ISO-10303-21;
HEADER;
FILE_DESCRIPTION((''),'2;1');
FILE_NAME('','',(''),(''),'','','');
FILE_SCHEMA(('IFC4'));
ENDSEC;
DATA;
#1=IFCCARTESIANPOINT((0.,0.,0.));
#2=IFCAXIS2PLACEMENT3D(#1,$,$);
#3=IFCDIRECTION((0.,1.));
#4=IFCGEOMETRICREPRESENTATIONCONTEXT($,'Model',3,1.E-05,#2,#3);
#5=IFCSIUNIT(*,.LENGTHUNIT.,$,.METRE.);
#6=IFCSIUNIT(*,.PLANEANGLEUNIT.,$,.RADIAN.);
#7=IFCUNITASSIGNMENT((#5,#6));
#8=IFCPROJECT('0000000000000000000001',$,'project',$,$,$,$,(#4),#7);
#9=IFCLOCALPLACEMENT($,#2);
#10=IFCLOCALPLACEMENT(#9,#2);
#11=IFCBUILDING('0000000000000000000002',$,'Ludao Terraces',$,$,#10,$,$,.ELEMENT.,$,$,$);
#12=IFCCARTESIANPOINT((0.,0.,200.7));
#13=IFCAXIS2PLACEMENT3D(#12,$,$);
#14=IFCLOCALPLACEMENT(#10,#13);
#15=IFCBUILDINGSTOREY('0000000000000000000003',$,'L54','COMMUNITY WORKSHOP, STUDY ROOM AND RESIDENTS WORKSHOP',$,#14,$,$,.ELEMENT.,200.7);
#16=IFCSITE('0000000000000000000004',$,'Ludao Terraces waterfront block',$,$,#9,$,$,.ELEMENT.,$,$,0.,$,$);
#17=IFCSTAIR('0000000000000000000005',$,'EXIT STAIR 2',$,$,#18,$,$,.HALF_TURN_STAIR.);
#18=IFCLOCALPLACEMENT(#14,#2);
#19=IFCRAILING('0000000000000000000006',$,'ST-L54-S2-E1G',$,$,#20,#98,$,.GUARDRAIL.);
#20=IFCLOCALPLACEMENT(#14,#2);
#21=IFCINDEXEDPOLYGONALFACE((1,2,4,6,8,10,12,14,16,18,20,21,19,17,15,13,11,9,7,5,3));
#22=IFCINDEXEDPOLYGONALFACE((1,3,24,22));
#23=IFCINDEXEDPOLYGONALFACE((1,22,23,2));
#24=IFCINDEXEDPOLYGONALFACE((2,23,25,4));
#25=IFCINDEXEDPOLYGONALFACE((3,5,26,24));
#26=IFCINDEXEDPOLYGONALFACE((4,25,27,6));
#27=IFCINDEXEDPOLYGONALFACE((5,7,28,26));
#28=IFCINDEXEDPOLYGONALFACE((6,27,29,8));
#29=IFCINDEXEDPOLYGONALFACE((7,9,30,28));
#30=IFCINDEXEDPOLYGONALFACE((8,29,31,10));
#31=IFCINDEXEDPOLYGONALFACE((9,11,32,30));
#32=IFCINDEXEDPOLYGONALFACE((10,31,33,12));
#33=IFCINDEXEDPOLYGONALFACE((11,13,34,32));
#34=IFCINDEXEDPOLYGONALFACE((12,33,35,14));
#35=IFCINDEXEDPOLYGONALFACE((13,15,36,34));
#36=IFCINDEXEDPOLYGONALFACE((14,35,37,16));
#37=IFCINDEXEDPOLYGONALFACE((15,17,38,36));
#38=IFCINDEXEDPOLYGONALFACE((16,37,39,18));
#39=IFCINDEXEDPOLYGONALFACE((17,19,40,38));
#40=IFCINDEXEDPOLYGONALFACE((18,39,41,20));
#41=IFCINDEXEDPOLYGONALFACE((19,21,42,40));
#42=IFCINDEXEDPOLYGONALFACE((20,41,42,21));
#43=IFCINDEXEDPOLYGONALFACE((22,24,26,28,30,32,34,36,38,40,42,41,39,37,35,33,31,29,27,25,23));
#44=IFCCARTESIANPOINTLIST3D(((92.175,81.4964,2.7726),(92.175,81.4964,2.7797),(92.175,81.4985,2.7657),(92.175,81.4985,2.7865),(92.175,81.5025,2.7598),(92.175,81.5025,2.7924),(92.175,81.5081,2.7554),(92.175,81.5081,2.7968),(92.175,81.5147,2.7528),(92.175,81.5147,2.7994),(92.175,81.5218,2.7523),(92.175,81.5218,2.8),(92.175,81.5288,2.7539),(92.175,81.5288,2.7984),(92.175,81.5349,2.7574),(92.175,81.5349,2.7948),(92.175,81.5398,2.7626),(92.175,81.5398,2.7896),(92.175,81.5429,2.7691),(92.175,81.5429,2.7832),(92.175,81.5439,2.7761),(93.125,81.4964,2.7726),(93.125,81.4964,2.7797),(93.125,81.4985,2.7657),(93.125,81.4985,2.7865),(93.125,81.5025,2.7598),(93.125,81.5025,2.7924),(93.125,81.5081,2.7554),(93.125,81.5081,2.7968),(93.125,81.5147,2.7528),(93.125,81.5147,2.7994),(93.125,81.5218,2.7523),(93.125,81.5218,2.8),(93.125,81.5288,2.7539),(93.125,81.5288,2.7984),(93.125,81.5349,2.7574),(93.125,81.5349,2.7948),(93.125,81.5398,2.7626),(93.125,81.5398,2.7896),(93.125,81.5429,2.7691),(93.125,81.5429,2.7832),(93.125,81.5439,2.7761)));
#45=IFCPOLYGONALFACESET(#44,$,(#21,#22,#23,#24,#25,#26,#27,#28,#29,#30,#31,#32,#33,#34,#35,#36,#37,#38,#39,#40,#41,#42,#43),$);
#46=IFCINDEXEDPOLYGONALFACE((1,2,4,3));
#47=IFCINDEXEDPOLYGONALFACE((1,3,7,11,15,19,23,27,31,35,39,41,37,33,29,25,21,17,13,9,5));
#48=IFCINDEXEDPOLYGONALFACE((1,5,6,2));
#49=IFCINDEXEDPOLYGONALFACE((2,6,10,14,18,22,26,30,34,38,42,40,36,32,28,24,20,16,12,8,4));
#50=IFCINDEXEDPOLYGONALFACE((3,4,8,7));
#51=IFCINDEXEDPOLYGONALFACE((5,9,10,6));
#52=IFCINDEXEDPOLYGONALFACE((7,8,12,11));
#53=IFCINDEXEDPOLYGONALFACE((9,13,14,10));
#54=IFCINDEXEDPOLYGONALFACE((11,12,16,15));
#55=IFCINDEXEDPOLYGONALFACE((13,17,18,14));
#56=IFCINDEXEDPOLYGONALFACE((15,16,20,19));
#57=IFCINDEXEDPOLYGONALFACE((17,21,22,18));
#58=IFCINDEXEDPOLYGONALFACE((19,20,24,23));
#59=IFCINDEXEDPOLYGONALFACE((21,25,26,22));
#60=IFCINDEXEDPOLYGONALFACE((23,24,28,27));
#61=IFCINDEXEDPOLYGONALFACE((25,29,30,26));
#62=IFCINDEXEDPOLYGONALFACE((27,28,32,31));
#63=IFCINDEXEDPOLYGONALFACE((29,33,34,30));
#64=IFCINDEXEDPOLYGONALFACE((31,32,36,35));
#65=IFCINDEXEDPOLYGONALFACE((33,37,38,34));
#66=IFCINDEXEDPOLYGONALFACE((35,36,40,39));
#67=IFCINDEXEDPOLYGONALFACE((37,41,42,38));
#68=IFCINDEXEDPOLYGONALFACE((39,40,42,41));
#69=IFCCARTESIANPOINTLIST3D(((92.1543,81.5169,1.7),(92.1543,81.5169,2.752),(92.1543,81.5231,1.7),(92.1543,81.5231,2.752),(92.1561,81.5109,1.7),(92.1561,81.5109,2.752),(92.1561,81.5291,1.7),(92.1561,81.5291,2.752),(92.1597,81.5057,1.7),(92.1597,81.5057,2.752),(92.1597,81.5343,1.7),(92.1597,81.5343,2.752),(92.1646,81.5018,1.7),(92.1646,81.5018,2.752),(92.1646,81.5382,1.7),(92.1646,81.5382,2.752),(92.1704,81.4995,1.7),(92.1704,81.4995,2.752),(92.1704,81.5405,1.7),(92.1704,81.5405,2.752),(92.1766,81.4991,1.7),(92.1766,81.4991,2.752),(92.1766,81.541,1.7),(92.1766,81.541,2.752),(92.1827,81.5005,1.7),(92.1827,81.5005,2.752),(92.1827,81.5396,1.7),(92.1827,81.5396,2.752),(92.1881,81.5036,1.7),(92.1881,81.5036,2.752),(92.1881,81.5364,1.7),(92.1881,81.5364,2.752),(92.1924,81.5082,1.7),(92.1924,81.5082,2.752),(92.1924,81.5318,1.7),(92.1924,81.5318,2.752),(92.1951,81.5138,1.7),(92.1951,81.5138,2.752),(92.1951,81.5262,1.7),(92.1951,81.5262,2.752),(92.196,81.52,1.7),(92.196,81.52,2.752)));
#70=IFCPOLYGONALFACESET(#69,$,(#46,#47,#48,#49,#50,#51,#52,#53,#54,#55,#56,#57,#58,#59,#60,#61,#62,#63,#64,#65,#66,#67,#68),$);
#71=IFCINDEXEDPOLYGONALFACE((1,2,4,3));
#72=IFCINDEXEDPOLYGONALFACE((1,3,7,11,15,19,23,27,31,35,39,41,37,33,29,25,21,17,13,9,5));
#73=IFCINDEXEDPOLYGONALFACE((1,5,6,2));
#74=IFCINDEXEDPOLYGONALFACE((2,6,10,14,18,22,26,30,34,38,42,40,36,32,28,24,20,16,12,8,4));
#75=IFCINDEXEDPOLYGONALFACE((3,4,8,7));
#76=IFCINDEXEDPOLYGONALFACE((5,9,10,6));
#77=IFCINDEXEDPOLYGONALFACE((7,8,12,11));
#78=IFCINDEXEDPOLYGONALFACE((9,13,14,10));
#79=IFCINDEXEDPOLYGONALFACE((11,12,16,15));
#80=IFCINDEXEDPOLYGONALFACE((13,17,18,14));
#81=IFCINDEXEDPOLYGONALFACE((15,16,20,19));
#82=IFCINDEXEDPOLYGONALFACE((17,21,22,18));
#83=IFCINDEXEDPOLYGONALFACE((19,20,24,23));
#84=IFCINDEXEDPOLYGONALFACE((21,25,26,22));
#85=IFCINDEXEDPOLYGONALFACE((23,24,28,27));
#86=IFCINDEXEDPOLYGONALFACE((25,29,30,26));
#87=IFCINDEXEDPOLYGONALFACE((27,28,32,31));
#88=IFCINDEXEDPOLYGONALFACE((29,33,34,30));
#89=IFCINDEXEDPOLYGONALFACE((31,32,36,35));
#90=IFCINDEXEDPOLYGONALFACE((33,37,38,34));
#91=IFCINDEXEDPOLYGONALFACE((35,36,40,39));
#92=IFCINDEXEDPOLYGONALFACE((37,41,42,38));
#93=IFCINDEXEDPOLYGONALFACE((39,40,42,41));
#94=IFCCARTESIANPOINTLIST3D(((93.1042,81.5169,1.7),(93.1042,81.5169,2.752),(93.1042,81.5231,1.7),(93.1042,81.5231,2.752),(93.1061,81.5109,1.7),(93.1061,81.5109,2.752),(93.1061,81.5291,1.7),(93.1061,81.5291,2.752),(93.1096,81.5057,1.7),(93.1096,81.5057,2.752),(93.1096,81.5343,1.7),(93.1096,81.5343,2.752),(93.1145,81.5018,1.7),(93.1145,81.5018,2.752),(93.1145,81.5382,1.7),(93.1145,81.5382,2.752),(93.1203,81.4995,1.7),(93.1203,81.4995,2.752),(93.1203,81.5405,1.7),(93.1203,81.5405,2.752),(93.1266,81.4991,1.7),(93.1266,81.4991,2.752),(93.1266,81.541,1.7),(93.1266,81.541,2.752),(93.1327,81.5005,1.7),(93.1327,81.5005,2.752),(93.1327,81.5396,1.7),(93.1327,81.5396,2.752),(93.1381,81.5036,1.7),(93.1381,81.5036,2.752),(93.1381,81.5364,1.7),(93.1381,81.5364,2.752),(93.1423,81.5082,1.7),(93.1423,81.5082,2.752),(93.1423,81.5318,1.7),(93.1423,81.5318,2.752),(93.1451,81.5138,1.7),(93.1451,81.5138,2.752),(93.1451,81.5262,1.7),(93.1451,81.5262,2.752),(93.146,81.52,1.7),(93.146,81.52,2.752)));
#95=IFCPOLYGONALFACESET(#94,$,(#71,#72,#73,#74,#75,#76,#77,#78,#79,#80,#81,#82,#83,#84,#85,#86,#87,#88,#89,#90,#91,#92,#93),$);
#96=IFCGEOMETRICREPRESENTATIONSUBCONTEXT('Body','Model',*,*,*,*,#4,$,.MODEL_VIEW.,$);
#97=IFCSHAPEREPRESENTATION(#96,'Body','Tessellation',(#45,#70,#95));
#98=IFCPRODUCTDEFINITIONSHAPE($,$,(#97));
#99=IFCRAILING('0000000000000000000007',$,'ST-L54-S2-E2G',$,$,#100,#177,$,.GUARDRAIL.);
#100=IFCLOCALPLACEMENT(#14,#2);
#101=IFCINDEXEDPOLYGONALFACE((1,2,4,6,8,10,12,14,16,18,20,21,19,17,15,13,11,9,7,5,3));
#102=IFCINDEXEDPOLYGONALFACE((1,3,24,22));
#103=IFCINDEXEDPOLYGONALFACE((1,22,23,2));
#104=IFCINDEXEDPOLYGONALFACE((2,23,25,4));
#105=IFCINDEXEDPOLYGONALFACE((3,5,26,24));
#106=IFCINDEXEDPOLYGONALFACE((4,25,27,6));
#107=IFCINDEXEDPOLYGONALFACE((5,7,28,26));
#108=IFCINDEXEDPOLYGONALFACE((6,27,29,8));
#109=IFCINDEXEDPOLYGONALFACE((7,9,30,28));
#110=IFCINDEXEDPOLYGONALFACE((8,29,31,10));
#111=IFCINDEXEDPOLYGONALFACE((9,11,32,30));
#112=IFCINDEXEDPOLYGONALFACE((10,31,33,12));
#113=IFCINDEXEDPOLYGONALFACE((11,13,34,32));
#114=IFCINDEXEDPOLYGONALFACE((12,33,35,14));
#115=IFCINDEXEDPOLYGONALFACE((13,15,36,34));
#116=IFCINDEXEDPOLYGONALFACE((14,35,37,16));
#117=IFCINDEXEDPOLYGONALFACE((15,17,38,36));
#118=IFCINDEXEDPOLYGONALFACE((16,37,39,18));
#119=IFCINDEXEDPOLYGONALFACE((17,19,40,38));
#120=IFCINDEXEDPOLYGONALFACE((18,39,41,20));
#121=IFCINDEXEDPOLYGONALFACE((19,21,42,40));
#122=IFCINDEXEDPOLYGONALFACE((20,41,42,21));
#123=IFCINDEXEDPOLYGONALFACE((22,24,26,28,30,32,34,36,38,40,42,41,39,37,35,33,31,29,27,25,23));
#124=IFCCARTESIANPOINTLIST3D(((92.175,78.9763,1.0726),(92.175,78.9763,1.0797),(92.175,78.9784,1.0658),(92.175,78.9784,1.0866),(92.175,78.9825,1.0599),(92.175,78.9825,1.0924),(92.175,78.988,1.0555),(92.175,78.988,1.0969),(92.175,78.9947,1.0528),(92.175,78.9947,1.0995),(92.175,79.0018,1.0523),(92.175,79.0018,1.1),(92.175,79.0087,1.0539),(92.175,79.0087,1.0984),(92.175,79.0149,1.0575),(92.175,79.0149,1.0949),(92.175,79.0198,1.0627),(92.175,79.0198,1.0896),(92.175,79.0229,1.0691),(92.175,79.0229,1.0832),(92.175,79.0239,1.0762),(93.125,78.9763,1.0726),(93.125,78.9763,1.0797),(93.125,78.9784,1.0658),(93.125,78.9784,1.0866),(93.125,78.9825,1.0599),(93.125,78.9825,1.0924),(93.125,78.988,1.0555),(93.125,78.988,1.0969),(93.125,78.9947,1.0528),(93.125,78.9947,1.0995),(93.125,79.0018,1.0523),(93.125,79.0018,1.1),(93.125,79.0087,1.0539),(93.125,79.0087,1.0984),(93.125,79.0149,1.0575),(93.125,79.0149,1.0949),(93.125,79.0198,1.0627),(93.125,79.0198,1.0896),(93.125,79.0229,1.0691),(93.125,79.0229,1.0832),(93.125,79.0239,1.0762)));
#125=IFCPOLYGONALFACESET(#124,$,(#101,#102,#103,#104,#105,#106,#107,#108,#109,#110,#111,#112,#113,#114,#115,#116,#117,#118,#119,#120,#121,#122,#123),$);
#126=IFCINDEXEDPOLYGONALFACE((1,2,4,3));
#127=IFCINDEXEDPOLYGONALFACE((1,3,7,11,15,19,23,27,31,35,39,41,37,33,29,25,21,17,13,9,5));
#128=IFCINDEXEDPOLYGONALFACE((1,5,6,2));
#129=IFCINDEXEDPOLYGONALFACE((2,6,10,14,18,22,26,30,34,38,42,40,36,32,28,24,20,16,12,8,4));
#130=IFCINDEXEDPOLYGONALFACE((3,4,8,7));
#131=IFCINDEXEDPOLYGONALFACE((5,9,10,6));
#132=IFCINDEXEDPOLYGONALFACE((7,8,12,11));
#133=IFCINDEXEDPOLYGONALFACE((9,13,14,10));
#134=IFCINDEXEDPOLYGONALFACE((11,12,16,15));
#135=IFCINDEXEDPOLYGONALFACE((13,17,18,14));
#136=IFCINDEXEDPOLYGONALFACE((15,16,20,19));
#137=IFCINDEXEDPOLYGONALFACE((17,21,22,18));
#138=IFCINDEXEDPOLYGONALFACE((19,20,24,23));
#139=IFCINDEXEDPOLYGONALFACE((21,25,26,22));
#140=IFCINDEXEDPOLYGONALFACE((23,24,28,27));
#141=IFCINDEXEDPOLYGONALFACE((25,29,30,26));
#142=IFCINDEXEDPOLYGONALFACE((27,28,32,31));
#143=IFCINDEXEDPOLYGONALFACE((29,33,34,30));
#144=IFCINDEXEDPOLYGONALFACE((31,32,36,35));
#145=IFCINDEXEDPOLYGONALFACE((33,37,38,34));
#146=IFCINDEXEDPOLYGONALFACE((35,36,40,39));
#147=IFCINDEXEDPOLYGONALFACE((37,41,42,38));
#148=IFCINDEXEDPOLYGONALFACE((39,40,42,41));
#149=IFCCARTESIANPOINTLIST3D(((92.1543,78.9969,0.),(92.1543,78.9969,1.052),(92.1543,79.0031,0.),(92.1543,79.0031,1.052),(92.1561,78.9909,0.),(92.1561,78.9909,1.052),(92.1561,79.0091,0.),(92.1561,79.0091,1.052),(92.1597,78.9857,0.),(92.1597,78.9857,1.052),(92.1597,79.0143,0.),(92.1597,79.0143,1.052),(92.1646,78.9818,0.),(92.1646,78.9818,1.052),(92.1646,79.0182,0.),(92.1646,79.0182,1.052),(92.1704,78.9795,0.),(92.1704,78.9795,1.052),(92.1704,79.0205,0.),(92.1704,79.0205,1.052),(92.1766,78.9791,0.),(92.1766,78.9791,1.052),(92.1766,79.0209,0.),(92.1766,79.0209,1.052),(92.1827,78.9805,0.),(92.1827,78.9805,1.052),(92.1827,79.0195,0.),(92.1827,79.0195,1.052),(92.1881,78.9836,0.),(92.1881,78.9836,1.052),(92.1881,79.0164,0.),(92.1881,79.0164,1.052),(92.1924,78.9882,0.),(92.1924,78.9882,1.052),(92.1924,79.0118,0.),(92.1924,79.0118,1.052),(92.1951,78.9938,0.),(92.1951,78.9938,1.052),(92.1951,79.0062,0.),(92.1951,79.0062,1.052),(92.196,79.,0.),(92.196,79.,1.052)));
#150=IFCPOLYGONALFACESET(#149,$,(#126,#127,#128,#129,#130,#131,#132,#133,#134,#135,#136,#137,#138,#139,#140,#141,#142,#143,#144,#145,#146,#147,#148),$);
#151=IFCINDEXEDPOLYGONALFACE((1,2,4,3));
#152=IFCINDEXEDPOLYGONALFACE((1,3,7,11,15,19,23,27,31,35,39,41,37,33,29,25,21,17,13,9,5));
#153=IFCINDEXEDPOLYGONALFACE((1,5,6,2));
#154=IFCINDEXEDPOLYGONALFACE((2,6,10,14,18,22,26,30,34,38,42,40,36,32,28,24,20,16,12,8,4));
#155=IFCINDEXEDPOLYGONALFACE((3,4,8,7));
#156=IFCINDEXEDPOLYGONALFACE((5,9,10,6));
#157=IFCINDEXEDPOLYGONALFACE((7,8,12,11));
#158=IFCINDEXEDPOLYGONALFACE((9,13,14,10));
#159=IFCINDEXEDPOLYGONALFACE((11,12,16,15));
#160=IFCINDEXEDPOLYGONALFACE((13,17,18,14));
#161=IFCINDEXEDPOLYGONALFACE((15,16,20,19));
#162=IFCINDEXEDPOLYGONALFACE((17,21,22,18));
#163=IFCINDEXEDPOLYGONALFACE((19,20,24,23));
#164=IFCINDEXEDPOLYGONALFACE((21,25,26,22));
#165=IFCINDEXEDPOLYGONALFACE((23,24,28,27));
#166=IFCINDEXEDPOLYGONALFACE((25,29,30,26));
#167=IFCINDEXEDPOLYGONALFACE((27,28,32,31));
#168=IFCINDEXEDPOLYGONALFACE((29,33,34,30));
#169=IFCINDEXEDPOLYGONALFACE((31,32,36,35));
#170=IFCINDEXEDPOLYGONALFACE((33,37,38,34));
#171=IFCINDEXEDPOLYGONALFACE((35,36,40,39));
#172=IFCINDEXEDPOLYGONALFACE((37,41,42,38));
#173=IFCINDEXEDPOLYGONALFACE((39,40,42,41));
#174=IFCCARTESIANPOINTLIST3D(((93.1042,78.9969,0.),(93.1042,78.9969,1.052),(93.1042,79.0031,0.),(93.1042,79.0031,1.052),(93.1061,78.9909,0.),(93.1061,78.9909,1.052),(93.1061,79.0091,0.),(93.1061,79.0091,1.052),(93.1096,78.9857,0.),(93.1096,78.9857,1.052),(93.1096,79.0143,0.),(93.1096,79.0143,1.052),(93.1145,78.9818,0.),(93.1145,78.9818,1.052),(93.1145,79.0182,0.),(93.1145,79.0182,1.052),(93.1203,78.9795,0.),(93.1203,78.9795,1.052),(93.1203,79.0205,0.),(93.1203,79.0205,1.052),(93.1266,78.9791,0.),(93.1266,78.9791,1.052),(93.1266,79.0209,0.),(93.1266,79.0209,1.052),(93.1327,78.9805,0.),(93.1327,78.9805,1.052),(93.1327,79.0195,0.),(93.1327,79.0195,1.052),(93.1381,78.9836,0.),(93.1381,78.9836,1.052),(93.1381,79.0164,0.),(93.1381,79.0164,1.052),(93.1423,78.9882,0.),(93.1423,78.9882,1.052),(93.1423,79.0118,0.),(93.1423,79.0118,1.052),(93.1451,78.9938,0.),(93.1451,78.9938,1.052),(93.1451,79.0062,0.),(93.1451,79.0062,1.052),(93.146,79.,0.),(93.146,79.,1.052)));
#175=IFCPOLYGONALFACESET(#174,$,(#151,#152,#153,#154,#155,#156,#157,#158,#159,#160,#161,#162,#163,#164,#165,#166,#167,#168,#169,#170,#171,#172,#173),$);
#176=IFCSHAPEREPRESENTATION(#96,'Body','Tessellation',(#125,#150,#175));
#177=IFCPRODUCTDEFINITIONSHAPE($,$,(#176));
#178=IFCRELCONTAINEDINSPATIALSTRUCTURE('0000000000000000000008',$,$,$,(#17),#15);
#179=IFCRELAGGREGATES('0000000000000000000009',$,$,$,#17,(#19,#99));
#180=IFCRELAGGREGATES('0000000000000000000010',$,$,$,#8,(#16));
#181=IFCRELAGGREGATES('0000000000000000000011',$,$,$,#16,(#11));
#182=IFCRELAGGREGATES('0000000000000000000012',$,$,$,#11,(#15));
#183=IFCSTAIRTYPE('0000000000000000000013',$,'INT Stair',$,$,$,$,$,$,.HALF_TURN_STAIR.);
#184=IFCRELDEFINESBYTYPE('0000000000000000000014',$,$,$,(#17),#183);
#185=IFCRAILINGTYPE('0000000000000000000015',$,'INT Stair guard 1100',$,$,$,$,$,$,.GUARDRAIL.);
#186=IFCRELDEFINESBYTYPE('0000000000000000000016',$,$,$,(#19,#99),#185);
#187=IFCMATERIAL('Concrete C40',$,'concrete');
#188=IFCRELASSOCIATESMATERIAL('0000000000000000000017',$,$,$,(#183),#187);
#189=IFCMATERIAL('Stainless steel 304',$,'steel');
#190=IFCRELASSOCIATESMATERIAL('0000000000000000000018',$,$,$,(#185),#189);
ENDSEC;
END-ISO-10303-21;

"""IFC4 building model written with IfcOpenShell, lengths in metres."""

from ifc_helpers import new_model, si_unit, direction, frame, origin, origin_2d, place, context, subcontext, project, spatial, circle, extrude, material, type_object, element, aggregate, save


model = new_model("IFC4")

# Units and contexts
model_context = context("Model", 3, precision=1e-05, world=origin(), true_north=direction((0.0, 1.0)))
body_context = subcontext(model_context, "Body", "Model", "MODEL_VIEW")
ifc_project = project(units=[si_unit("LENGTHUNIT", "METRE"), si_unit("PLANEANGLEUNIT", "RADIAN")], contexts=[model_context])

# Site, building, storey
site_placement = place(None, origin())
site = spatial("IfcSite", under=ifc_project, at=site_placement, Name="Ludao Terraces waterfront block", CompositionType="ELEMENT", RefElevation=0.0)
building_placement = place(site_placement, origin())
building = spatial("IfcBuilding", under=site, at=building_placement, Name="Ludao Terraces", CompositionType="ELEMENT")
storey_placement = place(building_placement, frame((0.0, 0.0, 200.7)))
storey = spatial("IfcBuildingStorey", under=building, at=storey_placement, Name="L54", Description="COMMUNITY WORKSHOP, STUDY ROOM AND RESIDENTS WORKSHOP", CompositionType="ELEMENT", Elevation=200.7)

# Shared definitions
ifc_material_1 = material(Name="Stainless steel 304", Category="steel")

# Stair, railings
ifc_material_2 = material(Name="Concrete C40", Category="concrete")
stair_type = type_object("IfcStairType", Name="INT Stair", PredefinedType="HALF_TURN_STAIR", material=ifc_material_2)
stair_placement = place(storey_placement, origin())
stair = element("IfcStair", 1, at=stair_placement, inside=storey, type_object=stair_type, Name="EXIT STAIR 2", PredefinedType="HALF_TURN_STAIR")
railing_type_1 = type_object("IfcRailingType", Name="INT Stair guard 1100", PredefinedType="GUARDRAIL", material=ifc_material_1)
railing_1_placement = place(storey_placement, frame((92.175, 81.52, 1.7)))
railing_1 = element("IfcRailing", 2, at=railing_1_placement, type_object=railing_type_1, Name="ST-L54-S2-E1G", PredefinedType="GUARDRAIL", context=body_context, shape_type="SweptSolid", body=[
    extrude(circle(Radius=0.0239, at=origin_2d()), frame((0.0, 0.0, 1.0762), z_axis=(1.0, 0.0, 0.0), x_axis=(0.0, 1.0, 0.0)), (0.0, 0.0, 1.0), 0.95),
    extrude(circle(Radius=0.021, at=origin_2d()), origin(), (0.0, 0.0, 1.0), 1.052),
    extrude(circle(Radius=0.021, at=origin_2d()), frame((0.95, 0.0, 0.0)), (0.0, 0.0, 1.0), 1.052),
])
railing_2_placement = place(storey_placement, frame((92.175, 79.0, 0.0)))
railing_2 = element("IfcRailing", 3, at=railing_2_placement, type_object=railing_type_1, Name="ST-L54-S2-E2G", PredefinedType="GUARDRAIL", context=body_context, shape_type="SweptSolid", body=[
    extrude(circle(Radius=0.0239, at=origin_2d()), frame((0.0, 0.0, 1.0762), z_axis=(1.0, 0.0, 0.0), x_axis=(0.0, 1.0, 0.0)), (0.0, 0.0, 1.0), 0.95),
    extrude(circle(Radius=0.021, at=origin_2d()), origin(), (0.0, 0.0, 1.0), 1.052),
    extrude(circle(Radius=0.021, at=origin_2d()), frame((0.95, 0.0, 0.0)), (0.0, 0.0, 1.0), 1.052),
])
aggregate(stair, [railing_1, railing_2])

save(model, "model.ifc")
